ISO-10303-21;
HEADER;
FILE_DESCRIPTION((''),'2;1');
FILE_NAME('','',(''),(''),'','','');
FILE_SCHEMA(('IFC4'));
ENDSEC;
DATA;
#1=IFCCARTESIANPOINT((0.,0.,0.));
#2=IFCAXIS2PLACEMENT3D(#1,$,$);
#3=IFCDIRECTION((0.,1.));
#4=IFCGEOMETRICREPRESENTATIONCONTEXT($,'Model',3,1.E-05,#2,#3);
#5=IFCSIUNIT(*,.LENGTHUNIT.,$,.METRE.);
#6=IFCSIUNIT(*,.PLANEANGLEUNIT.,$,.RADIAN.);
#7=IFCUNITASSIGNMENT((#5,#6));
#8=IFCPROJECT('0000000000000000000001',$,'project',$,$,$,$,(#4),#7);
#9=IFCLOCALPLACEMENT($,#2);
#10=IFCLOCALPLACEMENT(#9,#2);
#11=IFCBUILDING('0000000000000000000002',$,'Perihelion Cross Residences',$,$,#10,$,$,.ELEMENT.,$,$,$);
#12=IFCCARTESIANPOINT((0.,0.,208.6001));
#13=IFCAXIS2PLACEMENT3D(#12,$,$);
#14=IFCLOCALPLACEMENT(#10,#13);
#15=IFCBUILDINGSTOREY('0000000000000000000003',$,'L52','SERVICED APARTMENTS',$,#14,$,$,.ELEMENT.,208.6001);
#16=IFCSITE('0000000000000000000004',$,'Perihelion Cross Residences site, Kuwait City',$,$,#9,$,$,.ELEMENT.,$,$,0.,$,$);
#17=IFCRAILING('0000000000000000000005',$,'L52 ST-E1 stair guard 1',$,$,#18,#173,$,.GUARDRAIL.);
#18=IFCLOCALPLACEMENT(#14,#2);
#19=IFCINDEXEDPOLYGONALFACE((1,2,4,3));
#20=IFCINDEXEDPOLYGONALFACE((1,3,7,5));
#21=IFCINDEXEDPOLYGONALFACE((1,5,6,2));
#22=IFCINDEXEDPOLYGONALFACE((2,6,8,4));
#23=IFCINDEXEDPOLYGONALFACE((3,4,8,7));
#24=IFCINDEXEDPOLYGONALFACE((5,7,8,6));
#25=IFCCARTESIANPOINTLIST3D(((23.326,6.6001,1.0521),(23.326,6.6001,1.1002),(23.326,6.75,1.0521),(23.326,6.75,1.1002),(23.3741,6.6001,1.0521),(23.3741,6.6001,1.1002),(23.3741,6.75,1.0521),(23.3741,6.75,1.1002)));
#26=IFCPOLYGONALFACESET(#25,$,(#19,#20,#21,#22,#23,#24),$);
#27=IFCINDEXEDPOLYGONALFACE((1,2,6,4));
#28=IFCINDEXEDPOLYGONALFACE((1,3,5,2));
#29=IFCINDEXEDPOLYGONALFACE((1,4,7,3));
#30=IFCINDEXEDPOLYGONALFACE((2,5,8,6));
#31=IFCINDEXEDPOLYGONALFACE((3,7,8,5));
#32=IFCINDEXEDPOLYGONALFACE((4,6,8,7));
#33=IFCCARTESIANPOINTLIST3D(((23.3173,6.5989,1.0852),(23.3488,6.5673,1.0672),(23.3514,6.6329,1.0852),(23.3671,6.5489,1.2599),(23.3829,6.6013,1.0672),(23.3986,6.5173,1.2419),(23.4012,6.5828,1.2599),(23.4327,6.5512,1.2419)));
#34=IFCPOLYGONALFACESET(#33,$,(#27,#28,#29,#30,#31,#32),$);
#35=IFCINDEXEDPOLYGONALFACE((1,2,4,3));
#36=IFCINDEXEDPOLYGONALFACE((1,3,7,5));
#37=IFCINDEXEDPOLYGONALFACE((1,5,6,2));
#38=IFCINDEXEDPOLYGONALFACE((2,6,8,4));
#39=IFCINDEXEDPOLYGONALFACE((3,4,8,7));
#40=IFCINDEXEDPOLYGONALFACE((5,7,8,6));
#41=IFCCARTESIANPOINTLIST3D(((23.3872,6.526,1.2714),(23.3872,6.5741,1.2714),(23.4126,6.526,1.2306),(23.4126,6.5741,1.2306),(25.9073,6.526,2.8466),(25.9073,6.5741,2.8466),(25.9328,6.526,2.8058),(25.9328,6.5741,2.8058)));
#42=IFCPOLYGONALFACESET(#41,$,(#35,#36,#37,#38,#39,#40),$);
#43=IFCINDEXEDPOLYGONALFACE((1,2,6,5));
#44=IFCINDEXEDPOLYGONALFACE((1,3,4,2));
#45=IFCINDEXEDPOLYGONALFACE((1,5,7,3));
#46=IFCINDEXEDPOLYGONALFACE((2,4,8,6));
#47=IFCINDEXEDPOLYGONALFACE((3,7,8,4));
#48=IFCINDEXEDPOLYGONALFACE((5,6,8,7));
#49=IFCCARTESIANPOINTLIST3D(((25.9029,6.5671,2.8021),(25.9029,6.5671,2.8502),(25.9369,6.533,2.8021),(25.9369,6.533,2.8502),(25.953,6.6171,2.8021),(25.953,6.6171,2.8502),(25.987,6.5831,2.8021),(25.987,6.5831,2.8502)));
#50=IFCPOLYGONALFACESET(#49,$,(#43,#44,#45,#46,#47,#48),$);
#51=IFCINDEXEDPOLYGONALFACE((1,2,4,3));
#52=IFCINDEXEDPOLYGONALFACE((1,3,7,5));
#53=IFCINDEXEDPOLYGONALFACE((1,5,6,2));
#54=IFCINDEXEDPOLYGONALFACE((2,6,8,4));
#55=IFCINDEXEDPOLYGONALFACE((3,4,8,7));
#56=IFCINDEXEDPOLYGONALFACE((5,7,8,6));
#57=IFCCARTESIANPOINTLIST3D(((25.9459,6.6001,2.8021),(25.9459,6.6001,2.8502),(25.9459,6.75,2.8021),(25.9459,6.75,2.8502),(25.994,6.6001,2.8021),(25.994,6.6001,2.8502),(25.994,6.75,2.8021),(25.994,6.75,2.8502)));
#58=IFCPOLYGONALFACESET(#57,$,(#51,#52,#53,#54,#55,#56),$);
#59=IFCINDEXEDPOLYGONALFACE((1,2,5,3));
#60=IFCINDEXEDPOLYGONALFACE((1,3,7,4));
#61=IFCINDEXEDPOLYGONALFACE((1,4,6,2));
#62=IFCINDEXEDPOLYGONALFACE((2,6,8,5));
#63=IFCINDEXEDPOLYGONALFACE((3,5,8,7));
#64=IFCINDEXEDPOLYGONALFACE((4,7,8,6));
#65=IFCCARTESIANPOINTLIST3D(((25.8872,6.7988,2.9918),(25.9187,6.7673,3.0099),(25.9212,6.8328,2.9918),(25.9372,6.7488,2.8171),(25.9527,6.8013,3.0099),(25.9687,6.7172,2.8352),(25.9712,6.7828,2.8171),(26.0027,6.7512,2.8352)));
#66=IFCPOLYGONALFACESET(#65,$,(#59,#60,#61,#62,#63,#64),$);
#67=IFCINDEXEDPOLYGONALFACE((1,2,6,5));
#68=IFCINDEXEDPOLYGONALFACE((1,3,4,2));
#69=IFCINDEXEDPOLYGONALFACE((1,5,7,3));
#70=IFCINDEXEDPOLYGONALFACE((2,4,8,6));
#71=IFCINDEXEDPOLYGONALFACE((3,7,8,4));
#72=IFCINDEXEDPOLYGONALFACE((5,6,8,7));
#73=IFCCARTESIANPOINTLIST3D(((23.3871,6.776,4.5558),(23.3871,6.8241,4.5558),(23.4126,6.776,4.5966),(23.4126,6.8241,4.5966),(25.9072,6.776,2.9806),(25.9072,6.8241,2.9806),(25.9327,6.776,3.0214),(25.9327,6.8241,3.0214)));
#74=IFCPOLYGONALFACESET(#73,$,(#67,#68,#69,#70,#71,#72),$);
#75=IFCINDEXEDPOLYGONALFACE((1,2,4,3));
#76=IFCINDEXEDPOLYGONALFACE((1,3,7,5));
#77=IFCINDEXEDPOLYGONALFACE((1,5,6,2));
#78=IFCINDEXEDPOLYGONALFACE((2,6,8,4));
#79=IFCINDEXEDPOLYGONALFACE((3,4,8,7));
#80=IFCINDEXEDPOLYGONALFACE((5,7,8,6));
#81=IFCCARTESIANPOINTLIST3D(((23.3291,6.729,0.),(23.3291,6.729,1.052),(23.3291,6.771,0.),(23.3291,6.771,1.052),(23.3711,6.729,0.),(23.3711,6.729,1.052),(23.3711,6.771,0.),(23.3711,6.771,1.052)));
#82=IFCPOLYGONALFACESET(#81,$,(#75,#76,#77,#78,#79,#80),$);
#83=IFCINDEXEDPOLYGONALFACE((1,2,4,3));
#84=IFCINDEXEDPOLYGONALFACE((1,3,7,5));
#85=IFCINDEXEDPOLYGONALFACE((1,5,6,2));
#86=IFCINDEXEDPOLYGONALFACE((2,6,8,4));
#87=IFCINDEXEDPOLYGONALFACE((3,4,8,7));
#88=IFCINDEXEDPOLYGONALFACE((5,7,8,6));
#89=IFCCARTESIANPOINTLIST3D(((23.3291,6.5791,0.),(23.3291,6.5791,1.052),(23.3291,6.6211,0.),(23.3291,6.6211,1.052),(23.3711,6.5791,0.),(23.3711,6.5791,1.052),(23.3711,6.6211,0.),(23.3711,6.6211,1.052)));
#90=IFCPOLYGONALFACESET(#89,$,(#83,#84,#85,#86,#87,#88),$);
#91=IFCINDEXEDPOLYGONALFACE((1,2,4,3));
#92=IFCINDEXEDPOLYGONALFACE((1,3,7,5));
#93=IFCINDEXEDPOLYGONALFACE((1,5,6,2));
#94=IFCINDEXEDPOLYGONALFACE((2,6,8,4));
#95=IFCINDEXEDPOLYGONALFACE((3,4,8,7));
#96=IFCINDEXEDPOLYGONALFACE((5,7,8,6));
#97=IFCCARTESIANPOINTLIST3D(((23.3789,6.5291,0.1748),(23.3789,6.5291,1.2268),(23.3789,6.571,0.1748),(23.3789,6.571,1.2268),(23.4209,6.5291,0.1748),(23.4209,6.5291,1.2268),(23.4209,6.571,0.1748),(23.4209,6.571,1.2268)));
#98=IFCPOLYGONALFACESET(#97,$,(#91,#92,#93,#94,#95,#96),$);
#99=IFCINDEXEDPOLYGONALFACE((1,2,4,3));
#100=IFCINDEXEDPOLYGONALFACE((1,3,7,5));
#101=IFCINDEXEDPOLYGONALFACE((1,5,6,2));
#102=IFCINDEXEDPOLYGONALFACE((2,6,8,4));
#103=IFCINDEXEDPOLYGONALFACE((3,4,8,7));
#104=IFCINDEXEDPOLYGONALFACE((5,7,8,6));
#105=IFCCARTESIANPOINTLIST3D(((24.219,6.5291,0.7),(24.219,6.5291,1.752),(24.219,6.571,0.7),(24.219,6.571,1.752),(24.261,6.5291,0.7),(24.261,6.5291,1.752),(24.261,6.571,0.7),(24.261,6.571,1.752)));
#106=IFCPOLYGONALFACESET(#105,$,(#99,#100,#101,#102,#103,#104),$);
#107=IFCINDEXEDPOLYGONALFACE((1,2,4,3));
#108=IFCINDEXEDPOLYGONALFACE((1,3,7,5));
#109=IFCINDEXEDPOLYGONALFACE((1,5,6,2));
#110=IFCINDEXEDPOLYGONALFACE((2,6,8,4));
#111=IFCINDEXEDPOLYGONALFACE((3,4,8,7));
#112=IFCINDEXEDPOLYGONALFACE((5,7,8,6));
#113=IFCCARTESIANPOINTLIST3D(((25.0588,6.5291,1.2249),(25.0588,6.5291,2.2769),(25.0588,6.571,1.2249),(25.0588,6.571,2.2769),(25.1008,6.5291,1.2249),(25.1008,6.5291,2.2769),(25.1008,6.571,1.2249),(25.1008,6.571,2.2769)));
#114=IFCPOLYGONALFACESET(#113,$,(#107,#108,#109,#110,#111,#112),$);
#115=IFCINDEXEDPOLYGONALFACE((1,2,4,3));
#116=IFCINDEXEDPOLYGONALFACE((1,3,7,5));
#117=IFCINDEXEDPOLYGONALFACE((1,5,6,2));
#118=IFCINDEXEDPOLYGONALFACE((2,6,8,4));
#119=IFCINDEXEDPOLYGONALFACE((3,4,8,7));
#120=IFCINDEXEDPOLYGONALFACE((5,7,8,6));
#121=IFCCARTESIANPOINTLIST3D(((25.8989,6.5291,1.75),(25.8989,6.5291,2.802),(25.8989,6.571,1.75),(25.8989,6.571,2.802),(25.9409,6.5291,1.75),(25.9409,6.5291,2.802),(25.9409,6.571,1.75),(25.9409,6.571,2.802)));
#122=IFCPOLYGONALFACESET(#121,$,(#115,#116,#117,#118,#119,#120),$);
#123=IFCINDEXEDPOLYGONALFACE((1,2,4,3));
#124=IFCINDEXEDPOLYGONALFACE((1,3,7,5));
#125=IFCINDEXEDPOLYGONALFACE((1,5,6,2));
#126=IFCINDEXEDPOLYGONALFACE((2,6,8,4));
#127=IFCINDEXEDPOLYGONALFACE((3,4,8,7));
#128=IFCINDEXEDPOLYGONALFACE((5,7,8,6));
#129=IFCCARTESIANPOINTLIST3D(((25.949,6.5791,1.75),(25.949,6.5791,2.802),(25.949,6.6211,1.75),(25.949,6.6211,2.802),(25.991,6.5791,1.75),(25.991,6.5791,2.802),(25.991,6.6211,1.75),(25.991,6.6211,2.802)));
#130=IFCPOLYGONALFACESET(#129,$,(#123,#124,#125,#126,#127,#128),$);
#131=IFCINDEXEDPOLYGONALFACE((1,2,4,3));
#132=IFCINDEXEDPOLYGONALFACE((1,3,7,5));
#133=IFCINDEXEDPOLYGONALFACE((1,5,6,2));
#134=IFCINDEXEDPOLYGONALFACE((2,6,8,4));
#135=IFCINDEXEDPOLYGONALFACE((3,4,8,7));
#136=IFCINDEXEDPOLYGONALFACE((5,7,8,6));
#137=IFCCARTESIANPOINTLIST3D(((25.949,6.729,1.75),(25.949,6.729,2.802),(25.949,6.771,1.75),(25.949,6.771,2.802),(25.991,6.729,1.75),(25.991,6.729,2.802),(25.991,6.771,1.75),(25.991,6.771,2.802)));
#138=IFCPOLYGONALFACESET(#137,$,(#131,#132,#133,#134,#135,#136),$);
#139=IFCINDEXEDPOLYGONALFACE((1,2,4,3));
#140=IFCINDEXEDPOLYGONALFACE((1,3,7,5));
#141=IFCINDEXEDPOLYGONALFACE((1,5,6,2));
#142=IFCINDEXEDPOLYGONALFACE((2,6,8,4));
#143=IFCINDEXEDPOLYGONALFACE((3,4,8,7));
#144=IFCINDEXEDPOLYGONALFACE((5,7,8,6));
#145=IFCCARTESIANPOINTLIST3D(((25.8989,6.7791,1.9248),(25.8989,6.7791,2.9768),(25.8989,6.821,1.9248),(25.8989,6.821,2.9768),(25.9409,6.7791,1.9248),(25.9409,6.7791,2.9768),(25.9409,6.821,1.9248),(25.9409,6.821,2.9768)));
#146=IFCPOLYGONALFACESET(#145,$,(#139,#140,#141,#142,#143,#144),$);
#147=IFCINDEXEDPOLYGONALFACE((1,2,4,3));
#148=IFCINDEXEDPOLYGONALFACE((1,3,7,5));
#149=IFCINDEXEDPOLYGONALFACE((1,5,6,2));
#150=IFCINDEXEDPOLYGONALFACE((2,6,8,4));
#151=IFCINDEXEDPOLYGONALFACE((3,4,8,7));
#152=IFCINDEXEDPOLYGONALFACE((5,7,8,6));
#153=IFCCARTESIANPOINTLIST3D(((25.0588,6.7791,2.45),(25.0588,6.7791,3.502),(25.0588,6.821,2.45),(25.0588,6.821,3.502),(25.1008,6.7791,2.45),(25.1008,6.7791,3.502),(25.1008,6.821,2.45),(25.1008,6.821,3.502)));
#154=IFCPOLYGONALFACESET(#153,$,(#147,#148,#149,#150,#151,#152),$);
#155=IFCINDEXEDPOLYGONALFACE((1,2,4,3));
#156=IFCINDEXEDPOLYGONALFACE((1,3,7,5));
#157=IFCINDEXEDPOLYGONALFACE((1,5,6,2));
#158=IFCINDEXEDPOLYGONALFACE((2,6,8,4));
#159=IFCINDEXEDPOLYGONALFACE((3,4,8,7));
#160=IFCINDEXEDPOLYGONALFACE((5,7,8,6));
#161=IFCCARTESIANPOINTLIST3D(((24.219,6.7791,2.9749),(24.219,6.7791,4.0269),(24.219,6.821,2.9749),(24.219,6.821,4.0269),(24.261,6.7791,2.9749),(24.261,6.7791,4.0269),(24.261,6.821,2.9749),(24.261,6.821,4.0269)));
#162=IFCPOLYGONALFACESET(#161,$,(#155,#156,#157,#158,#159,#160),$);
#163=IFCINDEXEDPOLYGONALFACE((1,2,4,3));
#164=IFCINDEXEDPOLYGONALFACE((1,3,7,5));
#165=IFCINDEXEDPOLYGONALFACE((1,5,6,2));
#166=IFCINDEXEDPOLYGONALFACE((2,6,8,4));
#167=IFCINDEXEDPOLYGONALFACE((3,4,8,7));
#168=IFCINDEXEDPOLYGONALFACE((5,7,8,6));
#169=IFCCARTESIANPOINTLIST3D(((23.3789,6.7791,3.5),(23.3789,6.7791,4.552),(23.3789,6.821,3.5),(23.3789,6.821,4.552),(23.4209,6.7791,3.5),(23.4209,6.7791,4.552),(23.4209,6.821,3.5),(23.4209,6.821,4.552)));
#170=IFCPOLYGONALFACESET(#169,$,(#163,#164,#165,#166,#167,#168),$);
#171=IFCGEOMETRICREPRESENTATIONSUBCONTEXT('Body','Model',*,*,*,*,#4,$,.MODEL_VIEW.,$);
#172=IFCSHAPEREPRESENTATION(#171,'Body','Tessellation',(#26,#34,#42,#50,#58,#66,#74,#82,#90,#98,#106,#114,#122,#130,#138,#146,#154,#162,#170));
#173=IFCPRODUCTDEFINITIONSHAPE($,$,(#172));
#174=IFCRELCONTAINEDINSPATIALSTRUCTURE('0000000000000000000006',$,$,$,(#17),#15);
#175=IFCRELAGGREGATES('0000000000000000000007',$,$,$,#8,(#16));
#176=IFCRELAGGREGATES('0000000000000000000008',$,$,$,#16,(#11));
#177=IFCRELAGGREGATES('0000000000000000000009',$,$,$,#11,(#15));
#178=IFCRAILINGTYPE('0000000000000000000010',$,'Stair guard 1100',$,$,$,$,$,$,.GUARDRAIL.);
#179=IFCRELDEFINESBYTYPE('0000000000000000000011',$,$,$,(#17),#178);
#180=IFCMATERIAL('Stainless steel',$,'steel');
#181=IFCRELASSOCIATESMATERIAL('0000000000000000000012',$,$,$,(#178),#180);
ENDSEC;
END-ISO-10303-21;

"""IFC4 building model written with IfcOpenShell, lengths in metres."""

from ifc_helpers import new_model, si_unit, direction, frame, origin, origin_2d, place, context, subcontext, project, spatial, rectangle, extrude, material, type_object, element, save


model = new_model("IFC4")

# Units and contexts
model_context = context("Model", 3, precision=1e-05, world=origin(), true_north=direction((0.0, 1.0)))
body_context = subcontext(model_context, "Body", "Model", "MODEL_VIEW")
ifc_project = project(units=[si_unit("LENGTHUNIT", "METRE"), si_unit("PLANEANGLEUNIT", "RADIAN")], contexts=[model_context])

# Site, building, storey
site_placement = place(None, origin())
site = spatial("IfcSite", under=ifc_project, at=site_placement, Name="Perihelion Cross Residences site, Kuwait City", CompositionType="ELEMENT", RefElevation=0.0)
building_placement = place(site_placement, origin())
building = spatial("IfcBuilding", under=site, at=building_placement, Name="Perihelion Cross Residences", CompositionType="ELEMENT")
storey_placement = place(building_placement, frame((0.0, 0.0, 208.6001)))
storey = spatial("IfcBuildingStorey", under=building, at=storey_placement, Name="L52", Description="SERVICED APARTMENTS", CompositionType="ELEMENT", Elevation=208.6001)

# Railing
ifc_material_1 = material(Name="Stainless steel", Category="steel")
railing_type_1 = type_object("IfcRailingType", Name="Stair guard 1100", PredefinedType="GUARDRAIL", material=ifc_material_1)
railing_1_placement = place(storey_placement, frame((23.3501, 6.75, 0.0)))
element("IfcRailing", 1, at=railing_1_placement, inside=storey, type_object=railing_type_1, Name="L52 ST-E1 stair guard 1", PredefinedType="GUARDRAIL", context=body_context, shape_type="SweptSolid", body=[
    extrude(rectangle(XDim=0.0481, YDim=0.0481, at=origin_2d()), frame((0.0, 0.0, 1.0762), z_axis=(0.0, -1.0, 0.0), x_axis=(1.0, 0.0, 0.0)), (0.0, 0.0, 1.0), 0.1499),
    extrude(rectangle(XDim=0.0481, YDim=0.0481, at=origin_2d()), frame((0.0, -0.1499, 1.0762), z_axis=(0.264179, -0.265474, 0.927218), x_axis=(0.708834, 0.705376, 0.0)), (0.0, 0.0, 1.0), 0.1885),
    extrude(rectangle(XDim=0.0481, YDim=0.0481, at=origin_2d()), frame((0.0498, -0.2, 1.251), z_axis=(0.847971, 0.0, 0.530043), x_axis=(0.0, 1.0, 0.0)), (0.0, 0.0, 1.0), 2.9719),
    extrude(rectangle(XDim=0.0481, YDim=0.0481, at=origin_2d()), frame((2.5698, -0.2, 2.8262), z_axis=(0.707107, 0.707107, 0.0), x_axis=(-0.707107, 0.707107, 0.0)), (0.0, 0.0, 1.0), 0.0708),
    extrude(rectangle(XDim=0.0481, YDim=0.0481, at=origin_2d()), frame((2.6199, -0.1499, 2.8262), z_axis=(0.0, 1.0, 0.0), x_axis=(-1.0, 0.0, 0.0)), (0.0, 0.0, 1.0), 0.1499),
    extrude(rectangle(XDim=0.0481, YDim=0.0481, at=origin_2d()), frame((2.6199, 0.0, 2.8262), z_axis=(-0.265383, 0.265383, 0.9269), x_axis=(-0.707107, -0.707107, 0.0)), (0.0, 0.0, 1.0), 0.1885),
    extrude(rectangle(XDim=0.0481, YDim=0.0481, at=origin_2d()), frame((2.5698, 0.05, 3.001), z_axis=(-0.847971, 0.0, 0.530043), x_axis=(0.0, -1.0, 0.0)), (0.0, 0.0, 1.0), 2.9719),
    extrude(rectangle(XDim=0.042, YDim=0.042, at=origin_2d()), origin(), (0.0, 0.0, 1.0), 1.052),
    extrude(rectangle(XDim=0.042, YDim=0.042, at=origin_2d()), frame((0.0, -0.1499, 0.0)), (0.0, 0.0, 1.0), 1.052),
    extrude(rectangle(XDim=0.042, YDim=0.042, at=origin_2d()), frame((0.0498, -0.2, 0.1748)), (0.0, 0.0, 1.0), 1.052),
    extrude(rectangle(XDim=0.042, YDim=0.042, at=origin_2d()), frame((0.8899, -0.2, 0.7)), (0.0, 0.0, 1.0), 1.052),
    extrude(rectangle(XDim=0.042, YDim=0.042, at=origin_2d()), frame((1.7297, -0.2, 1.2249)), (0.0, 0.0, 1.0), 1.052),
    extrude(rectangle(XDim=0.042, YDim=0.042, at=origin_2d()), frame((2.5698, -0.2, 1.75)), (0.0, 0.0, 1.0), 1.052),
    extrude(rectangle(XDim=0.042, YDim=0.042, at=origin_2d()), frame((2.6199, -0.1499, 1.75)), (0.0, 0.0, 1.0), 1.052),
    extrude(rectangle(XDim=0.042, YDim=0.042, at=origin_2d()), frame((2.6199, 0.0, 1.75)), (0.0, 0.0, 1.0), 1.052),
    extrude(rectangle(XDim=0.042, YDim=0.042, at=origin_2d()), frame((2.5698, 0.05, 1.9248)), (0.0, 0.0, 1.0), 1.052),
    extrude(rectangle(XDim=0.042, YDim=0.042, at=origin_2d()), frame((1.7297, 0.05, 2.45)), (0.0, 0.0, 1.0), 1.052),
    extrude(rectangle(XDim=0.042, YDim=0.042, at=origin_2d()), frame((0.8899, 0.05, 2.9749)), (0.0, 0.0, 1.0), 1.052),
    extrude(rectangle(XDim=0.042, YDim=0.042, at=origin_2d()), frame((0.0498, 0.05, 3.5)), (0.0, 0.0, 1.0), 1.052),
])

save(model, "model.ifc")
